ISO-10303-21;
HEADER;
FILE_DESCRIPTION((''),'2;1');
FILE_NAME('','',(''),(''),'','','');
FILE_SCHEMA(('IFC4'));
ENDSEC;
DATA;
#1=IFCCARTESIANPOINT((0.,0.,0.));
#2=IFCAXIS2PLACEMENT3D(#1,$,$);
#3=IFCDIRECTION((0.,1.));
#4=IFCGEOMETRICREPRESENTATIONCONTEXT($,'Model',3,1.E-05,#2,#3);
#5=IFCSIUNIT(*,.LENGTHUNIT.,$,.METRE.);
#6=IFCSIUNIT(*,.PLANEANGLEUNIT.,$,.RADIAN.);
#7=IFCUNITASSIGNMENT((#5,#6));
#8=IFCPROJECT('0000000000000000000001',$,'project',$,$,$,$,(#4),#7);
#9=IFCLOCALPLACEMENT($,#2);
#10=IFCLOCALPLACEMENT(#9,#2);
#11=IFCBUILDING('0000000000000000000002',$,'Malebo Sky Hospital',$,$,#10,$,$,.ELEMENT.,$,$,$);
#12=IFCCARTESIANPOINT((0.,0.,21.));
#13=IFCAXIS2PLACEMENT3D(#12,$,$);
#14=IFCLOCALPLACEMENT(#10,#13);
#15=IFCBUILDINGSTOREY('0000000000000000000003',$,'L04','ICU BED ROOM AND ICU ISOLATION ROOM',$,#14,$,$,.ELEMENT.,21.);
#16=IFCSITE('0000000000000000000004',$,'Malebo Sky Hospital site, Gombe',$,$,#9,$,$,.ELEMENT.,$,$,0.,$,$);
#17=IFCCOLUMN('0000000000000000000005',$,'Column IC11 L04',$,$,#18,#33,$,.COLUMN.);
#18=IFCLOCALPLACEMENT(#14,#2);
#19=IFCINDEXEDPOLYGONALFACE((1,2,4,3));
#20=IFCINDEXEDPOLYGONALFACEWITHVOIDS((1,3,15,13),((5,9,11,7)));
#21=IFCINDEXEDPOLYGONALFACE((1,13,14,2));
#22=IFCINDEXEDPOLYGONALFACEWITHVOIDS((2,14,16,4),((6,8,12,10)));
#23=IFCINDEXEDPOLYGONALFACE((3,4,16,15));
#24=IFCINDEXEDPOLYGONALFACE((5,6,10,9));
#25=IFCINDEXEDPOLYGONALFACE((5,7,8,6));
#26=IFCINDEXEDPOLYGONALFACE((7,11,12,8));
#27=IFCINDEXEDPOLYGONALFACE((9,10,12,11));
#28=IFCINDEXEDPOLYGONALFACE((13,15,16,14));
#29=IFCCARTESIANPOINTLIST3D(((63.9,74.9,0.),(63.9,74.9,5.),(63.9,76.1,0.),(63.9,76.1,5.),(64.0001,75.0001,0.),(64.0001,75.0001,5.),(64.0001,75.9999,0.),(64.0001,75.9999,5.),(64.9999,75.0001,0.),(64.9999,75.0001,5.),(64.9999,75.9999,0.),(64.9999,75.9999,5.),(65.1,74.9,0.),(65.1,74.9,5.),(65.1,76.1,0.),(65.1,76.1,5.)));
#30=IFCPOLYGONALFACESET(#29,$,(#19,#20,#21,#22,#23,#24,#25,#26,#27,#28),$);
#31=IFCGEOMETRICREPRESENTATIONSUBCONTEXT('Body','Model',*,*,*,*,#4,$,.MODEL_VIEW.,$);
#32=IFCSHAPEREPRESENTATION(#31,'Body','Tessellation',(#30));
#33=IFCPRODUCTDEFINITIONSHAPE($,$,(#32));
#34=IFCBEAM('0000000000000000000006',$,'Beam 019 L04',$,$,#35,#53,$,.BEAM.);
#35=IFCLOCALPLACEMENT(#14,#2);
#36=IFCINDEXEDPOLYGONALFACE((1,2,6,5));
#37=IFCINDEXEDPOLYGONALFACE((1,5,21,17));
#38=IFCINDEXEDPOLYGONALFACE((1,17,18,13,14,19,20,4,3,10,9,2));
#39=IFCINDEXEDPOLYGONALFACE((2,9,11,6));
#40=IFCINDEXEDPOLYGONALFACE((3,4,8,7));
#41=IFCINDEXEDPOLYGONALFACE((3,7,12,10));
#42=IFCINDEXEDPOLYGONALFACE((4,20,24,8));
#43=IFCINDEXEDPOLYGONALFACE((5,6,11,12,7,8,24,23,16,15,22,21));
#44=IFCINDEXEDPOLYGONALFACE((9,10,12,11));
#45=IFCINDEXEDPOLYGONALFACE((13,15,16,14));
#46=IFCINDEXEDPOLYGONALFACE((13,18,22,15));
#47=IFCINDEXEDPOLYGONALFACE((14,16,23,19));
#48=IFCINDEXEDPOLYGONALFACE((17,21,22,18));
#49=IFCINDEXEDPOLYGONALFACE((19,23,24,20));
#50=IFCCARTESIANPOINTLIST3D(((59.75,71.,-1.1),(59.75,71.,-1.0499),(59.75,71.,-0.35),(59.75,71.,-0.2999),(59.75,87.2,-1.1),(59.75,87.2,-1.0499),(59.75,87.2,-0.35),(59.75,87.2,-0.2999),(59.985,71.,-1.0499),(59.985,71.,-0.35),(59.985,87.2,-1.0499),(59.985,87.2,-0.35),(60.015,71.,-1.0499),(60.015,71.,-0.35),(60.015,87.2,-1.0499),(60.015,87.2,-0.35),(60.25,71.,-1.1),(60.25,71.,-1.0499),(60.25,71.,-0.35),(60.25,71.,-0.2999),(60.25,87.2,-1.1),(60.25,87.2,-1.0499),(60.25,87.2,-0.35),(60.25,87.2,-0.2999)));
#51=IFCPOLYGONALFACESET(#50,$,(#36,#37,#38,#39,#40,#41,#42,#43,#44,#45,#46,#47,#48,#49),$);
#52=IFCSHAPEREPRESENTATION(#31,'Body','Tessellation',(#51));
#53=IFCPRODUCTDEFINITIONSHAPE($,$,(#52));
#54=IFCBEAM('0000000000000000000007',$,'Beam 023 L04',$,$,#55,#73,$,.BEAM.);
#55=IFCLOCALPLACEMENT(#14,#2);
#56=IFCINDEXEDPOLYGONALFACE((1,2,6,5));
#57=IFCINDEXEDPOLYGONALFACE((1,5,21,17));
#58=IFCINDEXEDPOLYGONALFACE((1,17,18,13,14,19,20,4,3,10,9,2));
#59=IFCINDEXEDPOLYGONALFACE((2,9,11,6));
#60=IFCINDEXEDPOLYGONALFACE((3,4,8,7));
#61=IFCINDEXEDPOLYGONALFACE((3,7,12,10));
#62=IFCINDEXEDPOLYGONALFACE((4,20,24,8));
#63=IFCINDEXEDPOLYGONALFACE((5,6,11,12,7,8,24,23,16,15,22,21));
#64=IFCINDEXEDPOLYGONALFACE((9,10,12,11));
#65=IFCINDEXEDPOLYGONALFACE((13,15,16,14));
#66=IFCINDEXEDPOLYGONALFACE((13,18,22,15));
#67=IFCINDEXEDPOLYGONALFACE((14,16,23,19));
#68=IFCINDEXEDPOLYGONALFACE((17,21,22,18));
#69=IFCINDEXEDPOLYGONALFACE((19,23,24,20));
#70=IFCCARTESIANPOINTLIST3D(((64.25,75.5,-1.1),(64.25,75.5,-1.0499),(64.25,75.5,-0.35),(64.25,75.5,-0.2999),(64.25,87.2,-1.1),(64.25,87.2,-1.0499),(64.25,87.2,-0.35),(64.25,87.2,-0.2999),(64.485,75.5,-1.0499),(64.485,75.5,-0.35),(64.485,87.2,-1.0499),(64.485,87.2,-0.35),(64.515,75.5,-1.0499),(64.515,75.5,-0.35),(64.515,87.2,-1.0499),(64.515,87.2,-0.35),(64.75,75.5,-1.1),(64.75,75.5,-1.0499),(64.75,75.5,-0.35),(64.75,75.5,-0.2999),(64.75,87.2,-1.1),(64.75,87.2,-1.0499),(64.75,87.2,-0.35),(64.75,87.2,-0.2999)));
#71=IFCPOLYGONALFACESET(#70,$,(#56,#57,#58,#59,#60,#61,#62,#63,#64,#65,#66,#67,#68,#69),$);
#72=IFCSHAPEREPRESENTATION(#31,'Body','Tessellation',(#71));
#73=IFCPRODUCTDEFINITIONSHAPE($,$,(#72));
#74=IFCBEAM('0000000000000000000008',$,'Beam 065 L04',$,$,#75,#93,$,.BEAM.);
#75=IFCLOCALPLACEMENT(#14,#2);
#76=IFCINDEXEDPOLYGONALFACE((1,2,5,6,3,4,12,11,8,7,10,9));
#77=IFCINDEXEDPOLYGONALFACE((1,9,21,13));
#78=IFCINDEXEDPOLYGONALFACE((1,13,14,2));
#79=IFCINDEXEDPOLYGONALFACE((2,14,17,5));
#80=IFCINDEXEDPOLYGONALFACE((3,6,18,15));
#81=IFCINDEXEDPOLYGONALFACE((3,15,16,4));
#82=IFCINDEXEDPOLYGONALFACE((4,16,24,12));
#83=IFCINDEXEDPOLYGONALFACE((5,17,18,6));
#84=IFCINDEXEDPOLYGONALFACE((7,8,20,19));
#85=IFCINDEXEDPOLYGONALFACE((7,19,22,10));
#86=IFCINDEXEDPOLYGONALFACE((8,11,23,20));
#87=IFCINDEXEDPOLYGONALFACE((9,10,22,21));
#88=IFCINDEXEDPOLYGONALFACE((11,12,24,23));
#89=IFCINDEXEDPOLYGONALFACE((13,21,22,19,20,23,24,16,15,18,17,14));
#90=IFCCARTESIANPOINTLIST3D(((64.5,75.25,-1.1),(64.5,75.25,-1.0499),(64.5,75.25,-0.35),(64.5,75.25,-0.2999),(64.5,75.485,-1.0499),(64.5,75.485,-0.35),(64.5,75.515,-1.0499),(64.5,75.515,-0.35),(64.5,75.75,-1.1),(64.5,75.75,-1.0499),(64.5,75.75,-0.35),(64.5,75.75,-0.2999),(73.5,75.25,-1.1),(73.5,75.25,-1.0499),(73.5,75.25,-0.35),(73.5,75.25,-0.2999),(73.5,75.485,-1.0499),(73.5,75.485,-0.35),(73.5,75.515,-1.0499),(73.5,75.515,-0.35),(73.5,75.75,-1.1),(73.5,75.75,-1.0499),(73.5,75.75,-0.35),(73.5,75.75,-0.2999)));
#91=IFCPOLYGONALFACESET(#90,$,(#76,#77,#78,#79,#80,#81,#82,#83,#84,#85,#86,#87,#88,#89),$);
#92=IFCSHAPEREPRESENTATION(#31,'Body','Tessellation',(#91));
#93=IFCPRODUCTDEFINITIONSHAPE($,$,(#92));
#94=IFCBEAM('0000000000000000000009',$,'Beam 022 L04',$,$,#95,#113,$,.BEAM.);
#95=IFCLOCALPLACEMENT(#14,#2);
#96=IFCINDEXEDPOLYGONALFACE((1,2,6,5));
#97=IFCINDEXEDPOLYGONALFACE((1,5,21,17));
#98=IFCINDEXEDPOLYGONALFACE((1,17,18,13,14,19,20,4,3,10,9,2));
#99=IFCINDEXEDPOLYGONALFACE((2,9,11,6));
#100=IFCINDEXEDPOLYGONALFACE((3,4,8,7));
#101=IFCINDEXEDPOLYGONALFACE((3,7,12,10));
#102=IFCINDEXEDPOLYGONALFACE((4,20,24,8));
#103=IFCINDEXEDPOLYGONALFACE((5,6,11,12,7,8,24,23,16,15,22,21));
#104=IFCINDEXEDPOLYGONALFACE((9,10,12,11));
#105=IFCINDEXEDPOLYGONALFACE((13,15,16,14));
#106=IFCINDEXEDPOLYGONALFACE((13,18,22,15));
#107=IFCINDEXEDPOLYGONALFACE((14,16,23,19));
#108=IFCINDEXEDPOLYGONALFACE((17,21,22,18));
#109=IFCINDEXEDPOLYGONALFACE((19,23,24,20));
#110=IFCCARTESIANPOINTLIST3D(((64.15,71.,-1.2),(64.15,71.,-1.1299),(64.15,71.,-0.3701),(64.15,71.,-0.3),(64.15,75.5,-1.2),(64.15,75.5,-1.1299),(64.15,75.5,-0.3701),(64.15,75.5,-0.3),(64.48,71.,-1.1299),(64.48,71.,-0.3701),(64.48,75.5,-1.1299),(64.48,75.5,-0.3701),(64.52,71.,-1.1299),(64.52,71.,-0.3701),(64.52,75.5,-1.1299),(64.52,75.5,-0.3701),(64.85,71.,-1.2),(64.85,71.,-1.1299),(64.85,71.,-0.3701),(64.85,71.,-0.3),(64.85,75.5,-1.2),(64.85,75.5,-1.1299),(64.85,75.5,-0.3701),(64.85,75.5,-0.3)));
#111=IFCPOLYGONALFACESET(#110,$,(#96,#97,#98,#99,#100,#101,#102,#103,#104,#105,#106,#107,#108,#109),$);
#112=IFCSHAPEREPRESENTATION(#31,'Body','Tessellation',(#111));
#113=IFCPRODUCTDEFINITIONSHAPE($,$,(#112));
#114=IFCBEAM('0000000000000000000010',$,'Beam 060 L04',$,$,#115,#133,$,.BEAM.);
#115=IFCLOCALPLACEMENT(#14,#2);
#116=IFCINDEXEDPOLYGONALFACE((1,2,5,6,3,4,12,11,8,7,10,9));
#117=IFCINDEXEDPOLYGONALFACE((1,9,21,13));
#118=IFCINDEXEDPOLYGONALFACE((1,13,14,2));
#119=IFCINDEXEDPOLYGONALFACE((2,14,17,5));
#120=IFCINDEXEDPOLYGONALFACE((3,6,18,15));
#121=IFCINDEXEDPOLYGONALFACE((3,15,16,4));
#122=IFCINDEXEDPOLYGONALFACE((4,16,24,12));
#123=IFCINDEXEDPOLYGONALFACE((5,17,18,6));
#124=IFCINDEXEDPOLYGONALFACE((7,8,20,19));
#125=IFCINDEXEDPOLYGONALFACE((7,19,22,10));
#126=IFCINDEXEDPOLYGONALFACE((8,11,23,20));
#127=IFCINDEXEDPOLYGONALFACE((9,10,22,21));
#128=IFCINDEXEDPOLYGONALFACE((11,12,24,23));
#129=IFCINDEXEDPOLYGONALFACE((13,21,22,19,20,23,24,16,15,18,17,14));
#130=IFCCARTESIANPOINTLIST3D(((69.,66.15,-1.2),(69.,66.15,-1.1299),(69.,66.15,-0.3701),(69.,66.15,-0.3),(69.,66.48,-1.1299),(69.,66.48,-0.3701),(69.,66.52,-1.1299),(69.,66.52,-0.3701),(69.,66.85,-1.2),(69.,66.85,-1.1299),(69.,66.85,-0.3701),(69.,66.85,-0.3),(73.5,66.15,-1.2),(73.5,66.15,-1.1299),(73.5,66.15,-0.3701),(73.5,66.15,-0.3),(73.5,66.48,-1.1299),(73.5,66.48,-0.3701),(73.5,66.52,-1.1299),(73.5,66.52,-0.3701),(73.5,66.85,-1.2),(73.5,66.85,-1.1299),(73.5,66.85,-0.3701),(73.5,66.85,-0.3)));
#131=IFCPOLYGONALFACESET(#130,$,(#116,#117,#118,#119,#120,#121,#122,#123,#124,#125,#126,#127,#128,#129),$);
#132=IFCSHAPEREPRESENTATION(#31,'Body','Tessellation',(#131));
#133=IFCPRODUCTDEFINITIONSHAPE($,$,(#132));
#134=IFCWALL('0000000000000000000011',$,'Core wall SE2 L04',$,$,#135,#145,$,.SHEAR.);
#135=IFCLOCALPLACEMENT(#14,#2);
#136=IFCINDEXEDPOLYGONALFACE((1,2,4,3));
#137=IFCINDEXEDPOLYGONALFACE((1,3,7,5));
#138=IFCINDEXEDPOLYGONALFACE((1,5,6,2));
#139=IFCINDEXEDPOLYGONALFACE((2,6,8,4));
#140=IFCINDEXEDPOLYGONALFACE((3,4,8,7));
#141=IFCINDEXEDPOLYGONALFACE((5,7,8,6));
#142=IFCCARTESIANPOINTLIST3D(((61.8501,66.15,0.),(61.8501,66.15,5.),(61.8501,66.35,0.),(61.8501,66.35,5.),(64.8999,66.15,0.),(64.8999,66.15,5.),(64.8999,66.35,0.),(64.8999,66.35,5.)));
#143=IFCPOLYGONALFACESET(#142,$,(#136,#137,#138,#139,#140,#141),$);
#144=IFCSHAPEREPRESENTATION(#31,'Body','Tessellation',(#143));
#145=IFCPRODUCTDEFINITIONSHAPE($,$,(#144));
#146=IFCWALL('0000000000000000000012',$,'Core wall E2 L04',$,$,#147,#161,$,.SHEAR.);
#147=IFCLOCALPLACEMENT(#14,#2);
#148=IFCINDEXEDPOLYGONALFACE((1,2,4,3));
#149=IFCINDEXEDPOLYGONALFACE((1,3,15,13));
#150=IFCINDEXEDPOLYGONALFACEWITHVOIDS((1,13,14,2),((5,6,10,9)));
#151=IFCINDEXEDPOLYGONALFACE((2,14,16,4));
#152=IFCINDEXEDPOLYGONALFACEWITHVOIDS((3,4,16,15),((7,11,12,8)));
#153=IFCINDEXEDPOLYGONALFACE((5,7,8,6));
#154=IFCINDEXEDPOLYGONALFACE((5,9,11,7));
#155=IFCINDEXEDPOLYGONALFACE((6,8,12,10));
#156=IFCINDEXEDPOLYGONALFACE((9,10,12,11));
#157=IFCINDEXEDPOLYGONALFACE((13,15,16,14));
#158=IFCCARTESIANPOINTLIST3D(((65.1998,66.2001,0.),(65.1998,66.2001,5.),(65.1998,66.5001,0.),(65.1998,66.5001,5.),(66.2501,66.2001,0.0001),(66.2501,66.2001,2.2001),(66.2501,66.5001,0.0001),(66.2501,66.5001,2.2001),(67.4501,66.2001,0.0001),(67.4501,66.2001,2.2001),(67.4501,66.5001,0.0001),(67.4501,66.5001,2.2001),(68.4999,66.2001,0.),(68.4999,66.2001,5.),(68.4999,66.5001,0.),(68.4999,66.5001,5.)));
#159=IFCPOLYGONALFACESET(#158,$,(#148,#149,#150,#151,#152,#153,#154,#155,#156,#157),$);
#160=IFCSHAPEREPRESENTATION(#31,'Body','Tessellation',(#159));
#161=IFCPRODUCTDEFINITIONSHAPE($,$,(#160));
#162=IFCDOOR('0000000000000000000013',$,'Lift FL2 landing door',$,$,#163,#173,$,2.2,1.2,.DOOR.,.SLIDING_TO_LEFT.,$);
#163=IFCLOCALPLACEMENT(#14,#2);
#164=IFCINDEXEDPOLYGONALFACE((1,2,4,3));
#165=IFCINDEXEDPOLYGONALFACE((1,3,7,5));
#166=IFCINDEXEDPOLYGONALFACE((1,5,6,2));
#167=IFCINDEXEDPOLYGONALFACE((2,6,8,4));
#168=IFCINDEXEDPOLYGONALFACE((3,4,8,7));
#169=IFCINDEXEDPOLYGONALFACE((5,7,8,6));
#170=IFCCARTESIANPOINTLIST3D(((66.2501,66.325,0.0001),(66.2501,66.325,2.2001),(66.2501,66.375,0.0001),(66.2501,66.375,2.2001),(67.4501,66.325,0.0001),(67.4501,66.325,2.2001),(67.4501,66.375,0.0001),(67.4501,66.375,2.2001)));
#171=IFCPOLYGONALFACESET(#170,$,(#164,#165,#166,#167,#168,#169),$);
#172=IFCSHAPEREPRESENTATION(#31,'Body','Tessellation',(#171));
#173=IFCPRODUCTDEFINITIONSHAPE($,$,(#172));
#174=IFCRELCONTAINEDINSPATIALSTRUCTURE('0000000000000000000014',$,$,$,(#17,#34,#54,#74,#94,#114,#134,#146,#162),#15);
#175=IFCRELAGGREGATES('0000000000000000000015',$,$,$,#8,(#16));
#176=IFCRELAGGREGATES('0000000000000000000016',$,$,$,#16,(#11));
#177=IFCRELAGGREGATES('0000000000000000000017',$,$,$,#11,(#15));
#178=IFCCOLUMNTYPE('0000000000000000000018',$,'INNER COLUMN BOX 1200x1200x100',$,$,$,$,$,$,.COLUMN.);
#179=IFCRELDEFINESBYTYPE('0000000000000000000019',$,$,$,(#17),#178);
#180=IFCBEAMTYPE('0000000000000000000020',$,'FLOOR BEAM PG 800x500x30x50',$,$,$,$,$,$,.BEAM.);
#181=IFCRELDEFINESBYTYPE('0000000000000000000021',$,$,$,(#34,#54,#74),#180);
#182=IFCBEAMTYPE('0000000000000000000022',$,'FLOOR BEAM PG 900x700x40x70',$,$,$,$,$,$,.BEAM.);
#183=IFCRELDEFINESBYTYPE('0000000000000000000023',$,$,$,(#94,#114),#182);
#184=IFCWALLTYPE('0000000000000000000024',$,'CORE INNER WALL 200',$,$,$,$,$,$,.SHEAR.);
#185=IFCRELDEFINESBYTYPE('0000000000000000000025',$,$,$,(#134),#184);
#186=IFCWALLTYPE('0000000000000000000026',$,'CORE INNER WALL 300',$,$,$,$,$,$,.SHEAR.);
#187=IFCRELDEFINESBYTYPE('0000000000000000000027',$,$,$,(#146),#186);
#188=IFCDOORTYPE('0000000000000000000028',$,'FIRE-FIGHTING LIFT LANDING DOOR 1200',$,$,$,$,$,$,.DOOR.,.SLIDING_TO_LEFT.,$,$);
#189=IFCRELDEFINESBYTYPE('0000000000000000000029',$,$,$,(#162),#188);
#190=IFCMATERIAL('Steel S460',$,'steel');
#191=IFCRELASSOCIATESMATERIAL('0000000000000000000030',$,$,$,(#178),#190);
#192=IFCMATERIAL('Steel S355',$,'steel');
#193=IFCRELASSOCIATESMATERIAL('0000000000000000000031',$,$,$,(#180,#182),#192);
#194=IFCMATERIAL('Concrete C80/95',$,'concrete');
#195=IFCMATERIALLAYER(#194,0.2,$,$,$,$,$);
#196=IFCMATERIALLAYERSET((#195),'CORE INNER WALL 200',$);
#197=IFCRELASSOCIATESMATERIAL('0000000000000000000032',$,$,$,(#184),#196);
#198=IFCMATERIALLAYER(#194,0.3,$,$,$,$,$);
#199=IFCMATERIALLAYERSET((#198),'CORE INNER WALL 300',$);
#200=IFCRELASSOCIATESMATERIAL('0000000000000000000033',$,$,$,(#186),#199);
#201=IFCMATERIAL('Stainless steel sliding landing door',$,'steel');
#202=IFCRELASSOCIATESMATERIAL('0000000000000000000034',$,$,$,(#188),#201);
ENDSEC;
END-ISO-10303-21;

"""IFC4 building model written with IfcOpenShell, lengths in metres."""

from ifc_helpers import new_model, si_unit, direction, frame, frame_2d, origin, origin_2d, place, context, subcontext, project, spatial, rectangle, hollow_rectangle, i_section, extrude, material, layer, layer_set, material_profile, profile_set, type_object, element, fill, save


model = new_model("IFC4")

# Units and contexts
model_context = context("Model", 3, precision=1e-05, world=origin(), true_north=direction((0.0, 1.0)))
body_context = subcontext(model_context, "Body", "Model", "MODEL_VIEW")
ifc_project = project(units=[si_unit("LENGTHUNIT", "METRE"), si_unit("PLANEANGLEUNIT", "RADIAN")], contexts=[model_context])

# Site, building, storey
site_placement = place(None, origin())
site = spatial("IfcSite", under=ifc_project, at=site_placement, Name="Malebo Sky Hospital site, Gombe", CompositionType="ELEMENT", RefElevation=0.0)
building_placement = place(site_placement, origin())
building = spatial("IfcBuilding", under=site, at=building_placement, Name="Malebo Sky Hospital", CompositionType="ELEMENT")
storey_placement = place(building_placement, frame((0.0, 0.0, 21.0)))
storey = spatial("IfcBuildingStorey", under=building, at=storey_placement, Name="L04", Description="ICU BED ROOM AND ICU ISOLATION ROOM", CompositionType="ELEMENT", Elevation=21.0)

# Column
ifc_material_1 = material(Name="Steel S460", Category="steel")
ifc_material_profile_1 = material_profile(ifc_material_1, hollow_rectangle(XDim=1.2, YDim=1.2, WallThickness=0.1001, at=origin_2d()), Name="BOX 1200x1200x100")
ifc_profile_set_1 = profile_set([ifc_material_profile_1], Name="Steel S460")
column_type = type_object("IfcColumnType", Name="INNER COLUMN BOX 1200x1200x100", PredefinedType="COLUMN", material=ifc_profile_set_1)
column_placement = place(storey_placement, frame((64.5, 75.5, 0.0), z_axis=(0.0, 0.0, 1.0), x_axis=(1.0, 0.0, 0.0)))
element("IfcColumn", 1, at=column_placement, inside=storey, type_object=column_type, Name="Column IC11 L04", PredefinedType="COLUMN", context=body_context, shape_type="SweptSolid", body=[
    extrude(hollow_rectangle(XDim=1.2, YDim=1.2, WallThickness=0.1001, at=origin_2d()), origin(), (0.0, 0.0, 1.0), 5.0),
])

# Beams
ifc_material_2 = material(Name="Steel S355", Category="steel")
ifc_material_profile_2 = material_profile(ifc_material_2, i_section(OverallWidth=0.5, OverallDepth=0.8, WebThickness=0.03, FlangeThickness=0.05, at=origin_2d()), Name="PG 800x500x30x50")
ifc_profile_set_2 = profile_set([ifc_material_profile_2], Name="Steel S355")
beam_type_1 = type_object("IfcBeamType", Name="FLOOR BEAM PG 800x500x30x50", PredefinedType="BEAM", material=ifc_profile_set_2)
beam_1_placement = place(storey_placement, frame((60.0, 71.0, -0.7), z_axis=(0.0, 1.0, 0.0), x_axis=(-1.0, 0.0, 0.0)))
element("IfcBeam", 2, at=beam_1_placement, inside=storey, type_object=beam_type_1, Name="Beam 019 L04", PredefinedType="BEAM", context=body_context, shape_type="SweptSolid", body=[
    extrude(i_section(OverallWidth=0.5, OverallDepth=0.8, WebThickness=0.03, FlangeThickness=0.05, at=origin_2d()), origin(), (0.0, 0.0, 1.0), 16.2),
])
beam_2_placement = place(storey_placement, frame((64.5, 75.5, -0.7), z_axis=(0.0, 1.0, 0.0), x_axis=(-1.0, 0.0, 0.0)))
element("IfcBeam", 3, at=beam_2_placement, inside=storey, type_object=beam_type_1, Name="Beam 023 L04", PredefinedType="BEAM", context=body_context, shape_type="SweptSolid", body=[
    extrude(i_section(OverallWidth=0.5, OverallDepth=0.8, WebThickness=0.03, FlangeThickness=0.05, at=origin_2d()), origin(), (0.0, 0.0, 1.0), 11.7),
])
beam_3_placement = place(storey_placement, frame((64.5, 75.5, -0.7), z_axis=(1.0, 0.0, 0.0), x_axis=(0.0, 1.0, 0.0)))
element("IfcBeam", 4, at=beam_3_placement, inside=storey, type_object=beam_type_1, Name="Beam 065 L04", PredefinedType="BEAM", context=body_context, shape_type="SweptSolid", body=[
    extrude(i_section(OverallWidth=0.5, OverallDepth=0.8, WebThickness=0.03, FlangeThickness=0.05, at=origin_2d()), origin(), (0.0, 0.0, 1.0), 9.0),
])
ifc_material_profile_3 = material_profile(ifc_material_2, i_section(OverallWidth=0.7, OverallDepth=0.8999, WebThickness=0.04, FlangeThickness=0.0701, at=origin_2d()), Name="PG 900x700x40x70")
ifc_profile_set_3 = profile_set([ifc_material_profile_3], Name="Steel S355")
beam_type_2 = type_object("IfcBeamType", Name="FLOOR BEAM PG 900x700x40x70", PredefinedType="BEAM", material=ifc_profile_set_3)
for number, where, z_axis, x_axis, name in (
    (5, (64.5, 71.0, -0.75), (0.0, 1.0, 0.0), (-1.0, 0.0, 0.0), "Beam 022 L04"),
    (6, (69.0, 66.5, -0.75), (1.0, 0.0, 0.0), (0.0, 1.0, 0.0), "Beam 060 L04"),
):
    element("IfcBeam", number, at=place(storey_placement, frame(where, z_axis=z_axis, x_axis=x_axis)), inside=storey, type_object=beam_type_2, Name=name, PredefinedType="BEAM", context=body_context, shape_type="SweptSolid", body=[
        extrude(i_section(OverallWidth=0.7, OverallDepth=0.8999, WebThickness=0.04, FlangeThickness=0.0701, at=origin_2d()), origin(), (0.0, 0.0, 1.0), 4.5),
    ])

# Wall
ifc_material_3 = material(Name="Concrete C80/95", Category="concrete")
ifc_layer_1 = layer(ifc_material_3, 0.2)
ifc_layer_set_1 = layer_set([ifc_layer_1], Name="CORE INNER WALL 200")
wall_type_1 = type_object("IfcWallType", Name="CORE INNER WALL 200", PredefinedType="SHEAR", material=ifc_layer_set_1)
wall_1_placement = place(storey_placement, frame((61.8501, 66.25, 0.0), z_axis=(0.0, 0.0, 1.0), x_axis=(1.0, 0.0, 0.0)))
element("IfcWall", 7, at=wall_1_placement, inside=storey, type_object=wall_type_1, Name="Core wall SE2 L04", PredefinedType="SHEAR", context=body_context, shape_type="SweptSolid", body=[
    extrude(rectangle(XDim=3.0498, YDim=0.2, at=frame_2d((1.5249, 0.0))), origin(), (0.0, 0.0, 1.0), 5.0),
])

# Wall, opening, door
ifc_layer_2 = layer(ifc_material_3, 0.3)
ifc_layer_set_2 = layer_set([ifc_layer_2], Name="CORE INNER WALL 300")
wall_type_2 = type_object("IfcWallType", Name="CORE INNER WALL 300", PredefinedType="SHEAR", material=ifc_layer_set_2)
wall_2_placement = place(storey_placement, frame((65.2, 66.3501, 0.0), z_axis=(0.0, 0.0, 1.0), x_axis=(1.0, 0.0, 0.0)))
wall_2 = element("IfcWall", 8, at=wall_2_placement, inside=storey, type_object=wall_type_2, Name="Core wall E2 L04", PredefinedType="SHEAR", context=body_context, shape_type="SweptSolid", body=[
    extrude(rectangle(XDim=3.3, YDim=0.3, at=frame_2d((1.6499, 0.0))), origin(), (0.0, 0.0, 1.0), 5.0),
])
opening_1_placement = place(wall_2_placement, frame((1.05, 0.0, 0.0)))
opening_1 = element("IfcOpeningElement", 9, at=opening_1_placement, cuts=wall_2, PredefinedType="OPENING", context=body_context, shape_type="SweptSolid", body=[
    extrude(rectangle(XDim=1.2, YDim=2.2, at=frame_2d((0.6001, 1.1001))), frame((0.0, 0.1599, 0.0), z_axis=(0.0, -1.0, 0.0), x_axis=(1.0, 0.0, 0.0)), (0.0, 0.0, 1.0), 0.3201),
])
ifc_material_4 = material(Name="Stainless steel sliding landing door", Category="steel")
door_type_1 = type_object("IfcDoorType", Name="FIRE-FIGHTING LIFT LANDING DOOR 1200", OperationType="SLIDING_TO_LEFT", PredefinedType="DOOR", material=ifc_material_4)
door_1_placement = place(opening_1_placement, origin())
door_1 = element("IfcDoor", 10, at=door_1_placement, inside=storey, type_object=door_type_1, Name="Lift FL2 landing door", OperationType="SLIDING_TO_LEFT", OverallHeight=2.2, OverallWidth=1.2, PredefinedType="DOOR", context=body_context, shape_type="SweptSolid", body=[
    extrude(rectangle(XDim=1.2, YDim=2.2, at=frame_2d((0.6001, 1.1001))), frame((0.0, 0.0249, 0.0), z_axis=(0.0, -1.0, 0.0), x_axis=(1.0, 0.0, 0.0)), (0.0, 0.0, 1.0), 0.05),
])
fill(opening_1, door_1)

save(model, "model.ifc")
